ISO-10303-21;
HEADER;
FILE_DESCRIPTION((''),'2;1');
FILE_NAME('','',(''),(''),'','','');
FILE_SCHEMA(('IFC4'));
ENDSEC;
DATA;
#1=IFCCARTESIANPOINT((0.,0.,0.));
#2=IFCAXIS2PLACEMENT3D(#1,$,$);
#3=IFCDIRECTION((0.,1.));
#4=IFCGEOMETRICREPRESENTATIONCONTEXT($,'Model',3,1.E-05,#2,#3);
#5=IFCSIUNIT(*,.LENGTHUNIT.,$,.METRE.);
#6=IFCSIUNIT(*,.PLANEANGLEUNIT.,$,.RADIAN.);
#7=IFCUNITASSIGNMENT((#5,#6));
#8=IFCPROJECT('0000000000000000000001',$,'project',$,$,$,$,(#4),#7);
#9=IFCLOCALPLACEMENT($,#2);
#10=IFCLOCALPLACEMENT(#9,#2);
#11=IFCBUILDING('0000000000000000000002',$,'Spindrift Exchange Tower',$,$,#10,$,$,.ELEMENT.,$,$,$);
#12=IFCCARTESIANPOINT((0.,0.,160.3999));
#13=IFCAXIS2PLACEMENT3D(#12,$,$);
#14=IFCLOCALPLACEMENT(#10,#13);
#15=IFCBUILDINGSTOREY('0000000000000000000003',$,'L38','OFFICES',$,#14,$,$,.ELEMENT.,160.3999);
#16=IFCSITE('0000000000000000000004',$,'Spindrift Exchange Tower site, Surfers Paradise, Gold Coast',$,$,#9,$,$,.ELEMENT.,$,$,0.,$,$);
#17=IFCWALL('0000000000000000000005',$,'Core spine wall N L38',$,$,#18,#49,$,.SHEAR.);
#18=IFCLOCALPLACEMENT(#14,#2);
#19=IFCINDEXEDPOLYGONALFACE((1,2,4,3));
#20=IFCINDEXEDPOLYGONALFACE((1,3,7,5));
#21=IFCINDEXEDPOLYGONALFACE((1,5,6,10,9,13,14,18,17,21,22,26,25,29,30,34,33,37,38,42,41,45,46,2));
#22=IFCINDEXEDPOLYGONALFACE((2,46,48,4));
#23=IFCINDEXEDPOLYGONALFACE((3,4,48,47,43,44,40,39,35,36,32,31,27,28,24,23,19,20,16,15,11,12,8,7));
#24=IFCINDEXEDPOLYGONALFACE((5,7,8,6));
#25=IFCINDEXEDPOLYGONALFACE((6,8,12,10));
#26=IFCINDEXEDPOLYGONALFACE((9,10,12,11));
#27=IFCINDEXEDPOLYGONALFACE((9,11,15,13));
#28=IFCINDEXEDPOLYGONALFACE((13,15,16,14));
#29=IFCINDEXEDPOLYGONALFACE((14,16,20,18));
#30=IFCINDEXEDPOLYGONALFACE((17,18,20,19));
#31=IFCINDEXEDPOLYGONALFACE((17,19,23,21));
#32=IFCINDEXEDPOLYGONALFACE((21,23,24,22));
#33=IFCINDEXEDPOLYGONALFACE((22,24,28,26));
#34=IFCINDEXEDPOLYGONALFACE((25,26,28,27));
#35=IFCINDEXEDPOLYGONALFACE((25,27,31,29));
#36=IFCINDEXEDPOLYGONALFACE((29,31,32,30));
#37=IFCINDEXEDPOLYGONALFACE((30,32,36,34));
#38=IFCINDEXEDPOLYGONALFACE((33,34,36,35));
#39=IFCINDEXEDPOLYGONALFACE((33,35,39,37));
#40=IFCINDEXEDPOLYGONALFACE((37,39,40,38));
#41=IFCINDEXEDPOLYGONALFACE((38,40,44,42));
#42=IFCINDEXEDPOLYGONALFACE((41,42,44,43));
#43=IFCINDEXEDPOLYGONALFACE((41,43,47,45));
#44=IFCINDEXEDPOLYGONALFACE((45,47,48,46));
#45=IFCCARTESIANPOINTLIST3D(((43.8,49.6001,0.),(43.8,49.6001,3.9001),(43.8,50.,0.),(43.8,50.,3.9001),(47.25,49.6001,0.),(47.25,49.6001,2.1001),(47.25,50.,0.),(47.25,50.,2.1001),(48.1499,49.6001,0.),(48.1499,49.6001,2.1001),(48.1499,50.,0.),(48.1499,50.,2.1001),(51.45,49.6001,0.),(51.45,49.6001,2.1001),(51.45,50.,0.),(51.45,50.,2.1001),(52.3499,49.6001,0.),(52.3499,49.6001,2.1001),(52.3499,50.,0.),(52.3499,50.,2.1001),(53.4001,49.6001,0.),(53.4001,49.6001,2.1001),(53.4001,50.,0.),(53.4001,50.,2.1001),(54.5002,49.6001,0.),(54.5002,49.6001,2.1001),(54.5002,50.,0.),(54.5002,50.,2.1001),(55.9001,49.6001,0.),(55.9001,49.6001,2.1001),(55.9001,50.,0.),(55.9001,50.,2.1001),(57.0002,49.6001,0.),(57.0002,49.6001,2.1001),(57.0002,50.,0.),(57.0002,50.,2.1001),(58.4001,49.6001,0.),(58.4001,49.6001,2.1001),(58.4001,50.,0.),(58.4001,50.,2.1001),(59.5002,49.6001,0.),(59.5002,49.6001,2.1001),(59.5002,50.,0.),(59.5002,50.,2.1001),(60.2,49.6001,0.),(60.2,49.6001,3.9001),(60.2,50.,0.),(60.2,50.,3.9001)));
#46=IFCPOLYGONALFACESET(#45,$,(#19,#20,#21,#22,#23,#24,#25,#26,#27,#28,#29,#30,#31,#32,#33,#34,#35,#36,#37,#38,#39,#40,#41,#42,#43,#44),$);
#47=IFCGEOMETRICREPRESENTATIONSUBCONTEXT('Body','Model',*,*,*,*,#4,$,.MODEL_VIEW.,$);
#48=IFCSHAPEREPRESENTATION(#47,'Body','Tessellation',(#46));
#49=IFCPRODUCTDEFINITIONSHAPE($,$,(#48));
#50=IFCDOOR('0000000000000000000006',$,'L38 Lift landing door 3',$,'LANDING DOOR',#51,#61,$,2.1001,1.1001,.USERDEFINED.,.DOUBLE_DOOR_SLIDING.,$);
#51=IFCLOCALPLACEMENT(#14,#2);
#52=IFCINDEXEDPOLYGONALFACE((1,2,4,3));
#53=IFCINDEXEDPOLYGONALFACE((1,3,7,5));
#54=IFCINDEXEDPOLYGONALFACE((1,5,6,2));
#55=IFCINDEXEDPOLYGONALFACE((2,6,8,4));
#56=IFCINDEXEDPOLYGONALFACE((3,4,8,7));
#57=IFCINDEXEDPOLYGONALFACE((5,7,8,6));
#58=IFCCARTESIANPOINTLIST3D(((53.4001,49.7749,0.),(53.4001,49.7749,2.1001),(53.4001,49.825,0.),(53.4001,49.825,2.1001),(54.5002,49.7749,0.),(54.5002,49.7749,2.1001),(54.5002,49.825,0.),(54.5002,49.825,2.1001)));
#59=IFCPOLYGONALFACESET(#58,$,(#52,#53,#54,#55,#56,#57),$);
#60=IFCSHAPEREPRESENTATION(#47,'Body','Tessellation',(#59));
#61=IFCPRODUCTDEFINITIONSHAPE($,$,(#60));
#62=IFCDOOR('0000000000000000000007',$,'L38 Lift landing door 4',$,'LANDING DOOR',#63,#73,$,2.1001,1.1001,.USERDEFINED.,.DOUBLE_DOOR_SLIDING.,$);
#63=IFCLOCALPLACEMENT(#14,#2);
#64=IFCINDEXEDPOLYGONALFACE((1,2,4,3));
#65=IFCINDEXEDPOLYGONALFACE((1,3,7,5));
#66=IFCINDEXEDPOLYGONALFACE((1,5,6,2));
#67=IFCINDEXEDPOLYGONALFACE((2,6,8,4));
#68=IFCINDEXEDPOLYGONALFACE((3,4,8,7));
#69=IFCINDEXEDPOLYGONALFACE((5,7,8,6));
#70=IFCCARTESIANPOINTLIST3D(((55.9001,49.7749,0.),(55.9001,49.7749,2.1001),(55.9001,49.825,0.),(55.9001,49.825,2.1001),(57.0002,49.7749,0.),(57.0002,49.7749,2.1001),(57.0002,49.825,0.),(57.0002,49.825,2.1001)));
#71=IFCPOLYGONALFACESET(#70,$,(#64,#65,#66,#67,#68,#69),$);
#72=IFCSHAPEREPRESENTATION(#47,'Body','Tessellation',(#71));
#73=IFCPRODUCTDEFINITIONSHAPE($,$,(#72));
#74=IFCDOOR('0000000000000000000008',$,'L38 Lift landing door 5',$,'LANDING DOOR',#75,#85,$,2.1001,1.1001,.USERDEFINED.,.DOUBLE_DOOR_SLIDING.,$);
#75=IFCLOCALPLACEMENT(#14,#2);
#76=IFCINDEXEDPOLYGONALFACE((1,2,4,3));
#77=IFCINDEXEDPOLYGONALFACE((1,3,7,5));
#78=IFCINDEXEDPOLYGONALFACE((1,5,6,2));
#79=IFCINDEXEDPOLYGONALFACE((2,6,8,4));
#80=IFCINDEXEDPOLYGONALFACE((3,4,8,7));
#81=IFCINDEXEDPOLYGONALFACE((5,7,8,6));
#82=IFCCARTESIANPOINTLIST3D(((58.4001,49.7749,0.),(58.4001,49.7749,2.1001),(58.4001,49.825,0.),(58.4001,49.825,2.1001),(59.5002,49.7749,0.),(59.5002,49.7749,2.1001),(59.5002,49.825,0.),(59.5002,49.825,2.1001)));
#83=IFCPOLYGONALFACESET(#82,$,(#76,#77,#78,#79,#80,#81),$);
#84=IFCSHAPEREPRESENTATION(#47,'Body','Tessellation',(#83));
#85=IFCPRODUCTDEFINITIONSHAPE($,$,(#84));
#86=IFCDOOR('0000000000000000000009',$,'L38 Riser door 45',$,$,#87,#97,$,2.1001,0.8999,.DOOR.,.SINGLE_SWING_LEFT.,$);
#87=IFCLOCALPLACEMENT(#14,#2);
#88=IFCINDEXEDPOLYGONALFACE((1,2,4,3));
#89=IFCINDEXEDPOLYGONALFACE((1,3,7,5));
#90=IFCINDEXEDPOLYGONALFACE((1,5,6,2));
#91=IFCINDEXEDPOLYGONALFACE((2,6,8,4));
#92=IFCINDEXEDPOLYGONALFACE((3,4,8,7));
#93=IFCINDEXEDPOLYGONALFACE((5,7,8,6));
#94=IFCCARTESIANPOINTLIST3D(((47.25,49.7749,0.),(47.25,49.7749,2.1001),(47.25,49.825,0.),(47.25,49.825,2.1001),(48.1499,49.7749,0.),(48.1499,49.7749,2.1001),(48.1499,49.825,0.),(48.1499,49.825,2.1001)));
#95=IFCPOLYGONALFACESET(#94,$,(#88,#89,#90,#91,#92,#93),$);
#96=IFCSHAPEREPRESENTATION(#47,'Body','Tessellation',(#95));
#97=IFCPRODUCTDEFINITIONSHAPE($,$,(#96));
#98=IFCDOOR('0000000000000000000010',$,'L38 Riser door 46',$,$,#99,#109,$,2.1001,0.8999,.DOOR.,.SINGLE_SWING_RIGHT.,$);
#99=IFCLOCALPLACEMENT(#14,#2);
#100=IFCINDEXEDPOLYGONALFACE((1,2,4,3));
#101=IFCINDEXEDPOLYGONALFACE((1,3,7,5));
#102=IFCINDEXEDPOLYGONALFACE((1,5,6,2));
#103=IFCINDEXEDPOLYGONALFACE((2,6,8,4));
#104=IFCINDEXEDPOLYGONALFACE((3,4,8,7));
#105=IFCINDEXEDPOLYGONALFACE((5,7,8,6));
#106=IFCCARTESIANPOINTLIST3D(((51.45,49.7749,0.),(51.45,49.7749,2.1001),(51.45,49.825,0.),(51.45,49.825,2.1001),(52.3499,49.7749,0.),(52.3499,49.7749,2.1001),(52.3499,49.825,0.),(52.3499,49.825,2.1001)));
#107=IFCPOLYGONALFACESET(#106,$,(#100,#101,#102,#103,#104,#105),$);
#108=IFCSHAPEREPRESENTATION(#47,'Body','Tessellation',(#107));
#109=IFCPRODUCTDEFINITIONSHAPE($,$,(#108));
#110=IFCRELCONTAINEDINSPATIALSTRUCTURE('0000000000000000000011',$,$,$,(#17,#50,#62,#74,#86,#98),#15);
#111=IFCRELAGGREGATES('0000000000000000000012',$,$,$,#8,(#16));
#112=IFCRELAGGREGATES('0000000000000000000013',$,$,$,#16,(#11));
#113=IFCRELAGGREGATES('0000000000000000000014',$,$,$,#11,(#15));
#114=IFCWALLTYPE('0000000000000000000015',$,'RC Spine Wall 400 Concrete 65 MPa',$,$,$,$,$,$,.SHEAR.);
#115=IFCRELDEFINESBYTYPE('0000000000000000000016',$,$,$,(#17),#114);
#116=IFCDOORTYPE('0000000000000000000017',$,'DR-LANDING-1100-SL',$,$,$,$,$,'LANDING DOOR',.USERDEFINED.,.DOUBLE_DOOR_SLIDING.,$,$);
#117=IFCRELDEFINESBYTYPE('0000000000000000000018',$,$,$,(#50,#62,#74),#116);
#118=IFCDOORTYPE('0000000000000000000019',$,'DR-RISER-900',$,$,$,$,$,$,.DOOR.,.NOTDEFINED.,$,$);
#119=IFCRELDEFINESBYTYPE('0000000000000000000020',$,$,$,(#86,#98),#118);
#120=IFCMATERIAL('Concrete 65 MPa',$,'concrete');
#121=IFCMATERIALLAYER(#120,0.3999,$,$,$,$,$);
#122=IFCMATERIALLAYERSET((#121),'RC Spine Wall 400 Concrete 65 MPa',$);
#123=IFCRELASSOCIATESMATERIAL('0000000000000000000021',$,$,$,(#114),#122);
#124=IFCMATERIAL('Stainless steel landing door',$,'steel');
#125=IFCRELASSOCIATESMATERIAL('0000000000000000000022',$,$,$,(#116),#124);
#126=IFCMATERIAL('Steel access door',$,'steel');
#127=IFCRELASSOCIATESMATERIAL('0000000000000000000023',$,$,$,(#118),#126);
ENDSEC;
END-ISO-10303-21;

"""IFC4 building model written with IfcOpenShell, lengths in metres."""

from ifc_helpers import new_model, si_unit, direction, frame, frame_2d, origin, place, context, subcontext, project, spatial, rectangle, extrude, source, transform, mapped, material, layer, layer_set, type_object, element, fill, save


model = new_model("IFC4")

# Units and contexts
model_context = context("Model", 3, precision=1e-05, world=origin(), true_north=direction((0.0, 1.0)))
body_context = subcontext(model_context, "Body", "Model", "MODEL_VIEW")
ifc_project = project(units=[si_unit("LENGTHUNIT", "METRE"), si_unit("PLANEANGLEUNIT", "RADIAN")], contexts=[model_context])

# Site, building, storey
site_placement = place(None, origin())
site = spatial("IfcSite", under=ifc_project, at=site_placement, Name="Spindrift Exchange Tower site, Surfers Paradise, Gold Coast", CompositionType="ELEMENT", RefElevation=0.0)
building_placement = place(site_placement, origin())
building = spatial("IfcBuilding", under=site, at=building_placement, Name="Spindrift Exchange Tower", CompositionType="ELEMENT")
storey_placement = place(building_placement, frame((0.0, 0.0, 160.3999)))
storey = spatial("IfcBuildingStorey", under=building, at=storey_placement, Name="L38", Description="OFFICES", CompositionType="ELEMENT", Elevation=160.3999)

# Wall, openings, doors
ifc_material_1 = material(Name="Concrete 65 MPa", Category="concrete")
ifc_layer_1 = layer(ifc_material_1, 0.3999)
ifc_layer_set_1 = layer_set([ifc_layer_1], Name="RC Spine Wall 400 Concrete 65 MPa")
wall_type_1 = type_object("IfcWallType", Name="RC Spine Wall 400 Concrete 65 MPa", PredefinedType="SHEAR", material=ifc_layer_set_1)
wall_1_placement = place(storey_placement, frame((43.8, 49.8, 0.0), z_axis=(0.0, 0.0, 1.0), x_axis=(1.0, 0.0, 0.0)))
wall_1 = element("IfcWall", 1, at=wall_1_placement, inside=storey, type_object=wall_type_1, Name="Core spine wall N L38", PredefinedType="SHEAR", context=body_context, shape_type="SweptSolid", body=[
    extrude(rectangle(XDim=16.3999, YDim=0.3999, at=frame_2d((8.2, 0.0))), origin(), (0.0, 0.0, 1.0), 3.9001),
])
opening_1_placement = place(wall_1_placement, frame((9.6001, 0.0, 0.0)))
opening_1 = element("IfcOpeningElement", 2, at=opening_1_placement, cuts=wall_1, PredefinedType="OPENING", context=body_context, shape_type="SweptSolid", body=[
    extrude(rectangle(XDim=1.1001, YDim=2.1001, at=frame_2d((0.55, 1.05))), frame((0.0, 0.21, 0.0), z_axis=(0.0, -1.0, 0.0), x_axis=(1.0, 0.0, 0.0)), (0.0, 0.0, 1.0), 0.4199),
])
opening_2_placement = place(wall_1_placement, frame((12.1001, 0.0, 0.0)))
opening_2 = element("IfcOpeningElement", 3, at=opening_2_placement, cuts=wall_1, PredefinedType="OPENING", context=body_context, shape_type="SweptSolid", body=[
    extrude(rectangle(XDim=1.1001, YDim=2.1001, at=frame_2d((0.55, 1.05))), frame((0.0, 0.21, 0.0), z_axis=(0.0, -1.0, 0.0), x_axis=(1.0, 0.0, 0.0)), (0.0, 0.0, 1.0), 0.4199),
])
opening_3_placement = place(wall_1_placement, frame((14.6001, 0.0, 0.0)))
opening_3 = element("IfcOpeningElement", 4, at=opening_3_placement, cuts=wall_1, PredefinedType="OPENING", context=body_context, shape_type="SweptSolid", body=[
    extrude(rectangle(XDim=1.1001, YDim=2.1001, at=frame_2d((0.55, 1.05))), frame((0.0, 0.21, 0.0), z_axis=(0.0, -1.0, 0.0), x_axis=(1.0, 0.0, 0.0)), (0.0, 0.0, 1.0), 0.4199),
])
opening_4_placement = place(wall_1_placement, frame((3.45, 0.0, 0.0)))
opening_4 = element("IfcOpeningElement", 5, at=opening_4_placement, cuts=wall_1, PredefinedType="OPENING", context=body_context, shape_type="SweptSolid", body=[
    extrude(rectangle(XDim=0.8999, YDim=2.1001, at=frame_2d((0.45, 1.05))), frame((0.0, 0.21, 0.0), z_axis=(0.0, -1.0, 0.0), x_axis=(1.0, 0.0, 0.0)), (0.0, 0.0, 1.0), 0.4199),
])
opening_5_placement = place(wall_1_placement, frame((7.6499, 0.0, 0.0)))
opening_5 = element("IfcOpeningElement", 6, at=opening_5_placement, cuts=wall_1, PredefinedType="OPENING", context=body_context, shape_type="SweptSolid", body=[
    extrude(rectangle(XDim=0.8999, YDim=2.1001, at=frame_2d((0.45, 1.05))), frame((0.0, 0.21, 0.0), z_axis=(0.0, -1.0, 0.0), x_axis=(1.0, 0.0, 0.0)), (0.0, 0.0, 1.0), 0.4199),
])
ifc_material_2 = material(Name="Stainless steel landing door", Category="steel")
door_type_1 = type_object("IfcDoorType", Name="DR-LANDING-1100-SL", ElementType="LANDING DOOR", OperationType="DOUBLE_DOOR_SLIDING", PredefinedType="USERDEFINED", material=ifc_material_2)
shared_shape_1 = source(origin(), body_context, "Body", "SweptSolid", [
    extrude(rectangle(XDim=1.1001, YDim=2.1001, at=frame_2d((0.55, 1.05))), frame((0.0, 0.0249, 0.0), z_axis=(0.0, -1.0, 0.0), x_axis=(1.0, 0.0, 0.0)), (0.0, 0.0, 1.0), 0.05),
])
door_1_placement = place(opening_1_placement, origin())
door_1 = element("IfcDoor", 7, at=door_1_placement, inside=storey, type_object=door_type_1, Name="L38 Lift landing door 3", ObjectType="LANDING DOOR", OperationType="DOUBLE_DOOR_SLIDING", OverallHeight=2.1001, OverallWidth=1.1001, PredefinedType="USERDEFINED", context=body_context, shape_type="MappedRepresentation", body=[
    mapped(shared_shape_1, transform((0.0, 0.0, 0.0), scale=1.0)),
])
fill(opening_1, door_1)
door_2_placement = place(opening_2_placement, origin())
door_2 = element("IfcDoor", 8, at=door_2_placement, inside=storey, type_object=door_type_1, Name="L38 Lift landing door 4", ObjectType="LANDING DOOR", OperationType="DOUBLE_DOOR_SLIDING", OverallHeight=2.1001, OverallWidth=1.1001, PredefinedType="USERDEFINED", context=body_context, shape_type="MappedRepresentation", body=[
    mapped(shared_shape_1, transform((0.0, 0.0, 0.0), scale=1.0)),
])
fill(opening_2, door_2)
door_3_placement = place(opening_3_placement, origin())
door_3 = element("IfcDoor", 9, at=door_3_placement, inside=storey, type_object=door_type_1, Name="L38 Lift landing door 5", ObjectType="LANDING DOOR", OperationType="DOUBLE_DOOR_SLIDING", OverallHeight=2.1001, OverallWidth=1.1001, PredefinedType="USERDEFINED", context=body_context, shape_type="MappedRepresentation", body=[
    mapped(shared_shape_1, transform((0.0, 0.0, 0.0), scale=1.0)),
])
fill(opening_3, door_3)
ifc_material_3 = material(Name="Steel access door", Category="steel")
door_type_2 = type_object("IfcDoorType", Name="DR-RISER-900", OperationType="NOTDEFINED", PredefinedType="DOOR", material=ifc_material_3)
shared_shape_2 = source(origin(), body_context, "Body", "SweptSolid", [
    extrude(rectangle(XDim=0.8999, YDim=2.1001, at=frame_2d((0.45, 1.05))), frame((0.0, 0.0249, 0.0), z_axis=(0.0, -1.0, 0.0), x_axis=(1.0, 0.0, 0.0)), (0.0, 0.0, 1.0), 0.05),
])
door_4_placement = place(opening_4_placement, origin())
door_4 = element("IfcDoor", 10, at=door_4_placement, inside=storey, type_object=door_type_2, Name="L38 Riser door 45", OperationType="SINGLE_SWING_LEFT", OverallHeight=2.1001, OverallWidth=0.8999, PredefinedType="DOOR", context=body_context, shape_type="MappedRepresentation", body=[
    mapped(shared_shape_2, transform((0.0, 0.0, 0.0), scale=1.0)),
])
fill(opening_4, door_4)
door_5_placement = place(opening_5_placement, origin())
door_5 = element("IfcDoor", 11, at=door_5_placement, inside=storey, type_object=door_type_2, Name="L38 Riser door 46", OperationType="SINGLE_SWING_RIGHT", OverallHeight=2.1001, OverallWidth=0.8999, PredefinedType="DOOR", context=body_context, shape_type="MappedRepresentation", body=[
    mapped(shared_shape_2, transform((0.0, 0.0, 0.0), scale=1.0)),
])
fill(opening_5, door_5)

save(model, "model.ifc")
